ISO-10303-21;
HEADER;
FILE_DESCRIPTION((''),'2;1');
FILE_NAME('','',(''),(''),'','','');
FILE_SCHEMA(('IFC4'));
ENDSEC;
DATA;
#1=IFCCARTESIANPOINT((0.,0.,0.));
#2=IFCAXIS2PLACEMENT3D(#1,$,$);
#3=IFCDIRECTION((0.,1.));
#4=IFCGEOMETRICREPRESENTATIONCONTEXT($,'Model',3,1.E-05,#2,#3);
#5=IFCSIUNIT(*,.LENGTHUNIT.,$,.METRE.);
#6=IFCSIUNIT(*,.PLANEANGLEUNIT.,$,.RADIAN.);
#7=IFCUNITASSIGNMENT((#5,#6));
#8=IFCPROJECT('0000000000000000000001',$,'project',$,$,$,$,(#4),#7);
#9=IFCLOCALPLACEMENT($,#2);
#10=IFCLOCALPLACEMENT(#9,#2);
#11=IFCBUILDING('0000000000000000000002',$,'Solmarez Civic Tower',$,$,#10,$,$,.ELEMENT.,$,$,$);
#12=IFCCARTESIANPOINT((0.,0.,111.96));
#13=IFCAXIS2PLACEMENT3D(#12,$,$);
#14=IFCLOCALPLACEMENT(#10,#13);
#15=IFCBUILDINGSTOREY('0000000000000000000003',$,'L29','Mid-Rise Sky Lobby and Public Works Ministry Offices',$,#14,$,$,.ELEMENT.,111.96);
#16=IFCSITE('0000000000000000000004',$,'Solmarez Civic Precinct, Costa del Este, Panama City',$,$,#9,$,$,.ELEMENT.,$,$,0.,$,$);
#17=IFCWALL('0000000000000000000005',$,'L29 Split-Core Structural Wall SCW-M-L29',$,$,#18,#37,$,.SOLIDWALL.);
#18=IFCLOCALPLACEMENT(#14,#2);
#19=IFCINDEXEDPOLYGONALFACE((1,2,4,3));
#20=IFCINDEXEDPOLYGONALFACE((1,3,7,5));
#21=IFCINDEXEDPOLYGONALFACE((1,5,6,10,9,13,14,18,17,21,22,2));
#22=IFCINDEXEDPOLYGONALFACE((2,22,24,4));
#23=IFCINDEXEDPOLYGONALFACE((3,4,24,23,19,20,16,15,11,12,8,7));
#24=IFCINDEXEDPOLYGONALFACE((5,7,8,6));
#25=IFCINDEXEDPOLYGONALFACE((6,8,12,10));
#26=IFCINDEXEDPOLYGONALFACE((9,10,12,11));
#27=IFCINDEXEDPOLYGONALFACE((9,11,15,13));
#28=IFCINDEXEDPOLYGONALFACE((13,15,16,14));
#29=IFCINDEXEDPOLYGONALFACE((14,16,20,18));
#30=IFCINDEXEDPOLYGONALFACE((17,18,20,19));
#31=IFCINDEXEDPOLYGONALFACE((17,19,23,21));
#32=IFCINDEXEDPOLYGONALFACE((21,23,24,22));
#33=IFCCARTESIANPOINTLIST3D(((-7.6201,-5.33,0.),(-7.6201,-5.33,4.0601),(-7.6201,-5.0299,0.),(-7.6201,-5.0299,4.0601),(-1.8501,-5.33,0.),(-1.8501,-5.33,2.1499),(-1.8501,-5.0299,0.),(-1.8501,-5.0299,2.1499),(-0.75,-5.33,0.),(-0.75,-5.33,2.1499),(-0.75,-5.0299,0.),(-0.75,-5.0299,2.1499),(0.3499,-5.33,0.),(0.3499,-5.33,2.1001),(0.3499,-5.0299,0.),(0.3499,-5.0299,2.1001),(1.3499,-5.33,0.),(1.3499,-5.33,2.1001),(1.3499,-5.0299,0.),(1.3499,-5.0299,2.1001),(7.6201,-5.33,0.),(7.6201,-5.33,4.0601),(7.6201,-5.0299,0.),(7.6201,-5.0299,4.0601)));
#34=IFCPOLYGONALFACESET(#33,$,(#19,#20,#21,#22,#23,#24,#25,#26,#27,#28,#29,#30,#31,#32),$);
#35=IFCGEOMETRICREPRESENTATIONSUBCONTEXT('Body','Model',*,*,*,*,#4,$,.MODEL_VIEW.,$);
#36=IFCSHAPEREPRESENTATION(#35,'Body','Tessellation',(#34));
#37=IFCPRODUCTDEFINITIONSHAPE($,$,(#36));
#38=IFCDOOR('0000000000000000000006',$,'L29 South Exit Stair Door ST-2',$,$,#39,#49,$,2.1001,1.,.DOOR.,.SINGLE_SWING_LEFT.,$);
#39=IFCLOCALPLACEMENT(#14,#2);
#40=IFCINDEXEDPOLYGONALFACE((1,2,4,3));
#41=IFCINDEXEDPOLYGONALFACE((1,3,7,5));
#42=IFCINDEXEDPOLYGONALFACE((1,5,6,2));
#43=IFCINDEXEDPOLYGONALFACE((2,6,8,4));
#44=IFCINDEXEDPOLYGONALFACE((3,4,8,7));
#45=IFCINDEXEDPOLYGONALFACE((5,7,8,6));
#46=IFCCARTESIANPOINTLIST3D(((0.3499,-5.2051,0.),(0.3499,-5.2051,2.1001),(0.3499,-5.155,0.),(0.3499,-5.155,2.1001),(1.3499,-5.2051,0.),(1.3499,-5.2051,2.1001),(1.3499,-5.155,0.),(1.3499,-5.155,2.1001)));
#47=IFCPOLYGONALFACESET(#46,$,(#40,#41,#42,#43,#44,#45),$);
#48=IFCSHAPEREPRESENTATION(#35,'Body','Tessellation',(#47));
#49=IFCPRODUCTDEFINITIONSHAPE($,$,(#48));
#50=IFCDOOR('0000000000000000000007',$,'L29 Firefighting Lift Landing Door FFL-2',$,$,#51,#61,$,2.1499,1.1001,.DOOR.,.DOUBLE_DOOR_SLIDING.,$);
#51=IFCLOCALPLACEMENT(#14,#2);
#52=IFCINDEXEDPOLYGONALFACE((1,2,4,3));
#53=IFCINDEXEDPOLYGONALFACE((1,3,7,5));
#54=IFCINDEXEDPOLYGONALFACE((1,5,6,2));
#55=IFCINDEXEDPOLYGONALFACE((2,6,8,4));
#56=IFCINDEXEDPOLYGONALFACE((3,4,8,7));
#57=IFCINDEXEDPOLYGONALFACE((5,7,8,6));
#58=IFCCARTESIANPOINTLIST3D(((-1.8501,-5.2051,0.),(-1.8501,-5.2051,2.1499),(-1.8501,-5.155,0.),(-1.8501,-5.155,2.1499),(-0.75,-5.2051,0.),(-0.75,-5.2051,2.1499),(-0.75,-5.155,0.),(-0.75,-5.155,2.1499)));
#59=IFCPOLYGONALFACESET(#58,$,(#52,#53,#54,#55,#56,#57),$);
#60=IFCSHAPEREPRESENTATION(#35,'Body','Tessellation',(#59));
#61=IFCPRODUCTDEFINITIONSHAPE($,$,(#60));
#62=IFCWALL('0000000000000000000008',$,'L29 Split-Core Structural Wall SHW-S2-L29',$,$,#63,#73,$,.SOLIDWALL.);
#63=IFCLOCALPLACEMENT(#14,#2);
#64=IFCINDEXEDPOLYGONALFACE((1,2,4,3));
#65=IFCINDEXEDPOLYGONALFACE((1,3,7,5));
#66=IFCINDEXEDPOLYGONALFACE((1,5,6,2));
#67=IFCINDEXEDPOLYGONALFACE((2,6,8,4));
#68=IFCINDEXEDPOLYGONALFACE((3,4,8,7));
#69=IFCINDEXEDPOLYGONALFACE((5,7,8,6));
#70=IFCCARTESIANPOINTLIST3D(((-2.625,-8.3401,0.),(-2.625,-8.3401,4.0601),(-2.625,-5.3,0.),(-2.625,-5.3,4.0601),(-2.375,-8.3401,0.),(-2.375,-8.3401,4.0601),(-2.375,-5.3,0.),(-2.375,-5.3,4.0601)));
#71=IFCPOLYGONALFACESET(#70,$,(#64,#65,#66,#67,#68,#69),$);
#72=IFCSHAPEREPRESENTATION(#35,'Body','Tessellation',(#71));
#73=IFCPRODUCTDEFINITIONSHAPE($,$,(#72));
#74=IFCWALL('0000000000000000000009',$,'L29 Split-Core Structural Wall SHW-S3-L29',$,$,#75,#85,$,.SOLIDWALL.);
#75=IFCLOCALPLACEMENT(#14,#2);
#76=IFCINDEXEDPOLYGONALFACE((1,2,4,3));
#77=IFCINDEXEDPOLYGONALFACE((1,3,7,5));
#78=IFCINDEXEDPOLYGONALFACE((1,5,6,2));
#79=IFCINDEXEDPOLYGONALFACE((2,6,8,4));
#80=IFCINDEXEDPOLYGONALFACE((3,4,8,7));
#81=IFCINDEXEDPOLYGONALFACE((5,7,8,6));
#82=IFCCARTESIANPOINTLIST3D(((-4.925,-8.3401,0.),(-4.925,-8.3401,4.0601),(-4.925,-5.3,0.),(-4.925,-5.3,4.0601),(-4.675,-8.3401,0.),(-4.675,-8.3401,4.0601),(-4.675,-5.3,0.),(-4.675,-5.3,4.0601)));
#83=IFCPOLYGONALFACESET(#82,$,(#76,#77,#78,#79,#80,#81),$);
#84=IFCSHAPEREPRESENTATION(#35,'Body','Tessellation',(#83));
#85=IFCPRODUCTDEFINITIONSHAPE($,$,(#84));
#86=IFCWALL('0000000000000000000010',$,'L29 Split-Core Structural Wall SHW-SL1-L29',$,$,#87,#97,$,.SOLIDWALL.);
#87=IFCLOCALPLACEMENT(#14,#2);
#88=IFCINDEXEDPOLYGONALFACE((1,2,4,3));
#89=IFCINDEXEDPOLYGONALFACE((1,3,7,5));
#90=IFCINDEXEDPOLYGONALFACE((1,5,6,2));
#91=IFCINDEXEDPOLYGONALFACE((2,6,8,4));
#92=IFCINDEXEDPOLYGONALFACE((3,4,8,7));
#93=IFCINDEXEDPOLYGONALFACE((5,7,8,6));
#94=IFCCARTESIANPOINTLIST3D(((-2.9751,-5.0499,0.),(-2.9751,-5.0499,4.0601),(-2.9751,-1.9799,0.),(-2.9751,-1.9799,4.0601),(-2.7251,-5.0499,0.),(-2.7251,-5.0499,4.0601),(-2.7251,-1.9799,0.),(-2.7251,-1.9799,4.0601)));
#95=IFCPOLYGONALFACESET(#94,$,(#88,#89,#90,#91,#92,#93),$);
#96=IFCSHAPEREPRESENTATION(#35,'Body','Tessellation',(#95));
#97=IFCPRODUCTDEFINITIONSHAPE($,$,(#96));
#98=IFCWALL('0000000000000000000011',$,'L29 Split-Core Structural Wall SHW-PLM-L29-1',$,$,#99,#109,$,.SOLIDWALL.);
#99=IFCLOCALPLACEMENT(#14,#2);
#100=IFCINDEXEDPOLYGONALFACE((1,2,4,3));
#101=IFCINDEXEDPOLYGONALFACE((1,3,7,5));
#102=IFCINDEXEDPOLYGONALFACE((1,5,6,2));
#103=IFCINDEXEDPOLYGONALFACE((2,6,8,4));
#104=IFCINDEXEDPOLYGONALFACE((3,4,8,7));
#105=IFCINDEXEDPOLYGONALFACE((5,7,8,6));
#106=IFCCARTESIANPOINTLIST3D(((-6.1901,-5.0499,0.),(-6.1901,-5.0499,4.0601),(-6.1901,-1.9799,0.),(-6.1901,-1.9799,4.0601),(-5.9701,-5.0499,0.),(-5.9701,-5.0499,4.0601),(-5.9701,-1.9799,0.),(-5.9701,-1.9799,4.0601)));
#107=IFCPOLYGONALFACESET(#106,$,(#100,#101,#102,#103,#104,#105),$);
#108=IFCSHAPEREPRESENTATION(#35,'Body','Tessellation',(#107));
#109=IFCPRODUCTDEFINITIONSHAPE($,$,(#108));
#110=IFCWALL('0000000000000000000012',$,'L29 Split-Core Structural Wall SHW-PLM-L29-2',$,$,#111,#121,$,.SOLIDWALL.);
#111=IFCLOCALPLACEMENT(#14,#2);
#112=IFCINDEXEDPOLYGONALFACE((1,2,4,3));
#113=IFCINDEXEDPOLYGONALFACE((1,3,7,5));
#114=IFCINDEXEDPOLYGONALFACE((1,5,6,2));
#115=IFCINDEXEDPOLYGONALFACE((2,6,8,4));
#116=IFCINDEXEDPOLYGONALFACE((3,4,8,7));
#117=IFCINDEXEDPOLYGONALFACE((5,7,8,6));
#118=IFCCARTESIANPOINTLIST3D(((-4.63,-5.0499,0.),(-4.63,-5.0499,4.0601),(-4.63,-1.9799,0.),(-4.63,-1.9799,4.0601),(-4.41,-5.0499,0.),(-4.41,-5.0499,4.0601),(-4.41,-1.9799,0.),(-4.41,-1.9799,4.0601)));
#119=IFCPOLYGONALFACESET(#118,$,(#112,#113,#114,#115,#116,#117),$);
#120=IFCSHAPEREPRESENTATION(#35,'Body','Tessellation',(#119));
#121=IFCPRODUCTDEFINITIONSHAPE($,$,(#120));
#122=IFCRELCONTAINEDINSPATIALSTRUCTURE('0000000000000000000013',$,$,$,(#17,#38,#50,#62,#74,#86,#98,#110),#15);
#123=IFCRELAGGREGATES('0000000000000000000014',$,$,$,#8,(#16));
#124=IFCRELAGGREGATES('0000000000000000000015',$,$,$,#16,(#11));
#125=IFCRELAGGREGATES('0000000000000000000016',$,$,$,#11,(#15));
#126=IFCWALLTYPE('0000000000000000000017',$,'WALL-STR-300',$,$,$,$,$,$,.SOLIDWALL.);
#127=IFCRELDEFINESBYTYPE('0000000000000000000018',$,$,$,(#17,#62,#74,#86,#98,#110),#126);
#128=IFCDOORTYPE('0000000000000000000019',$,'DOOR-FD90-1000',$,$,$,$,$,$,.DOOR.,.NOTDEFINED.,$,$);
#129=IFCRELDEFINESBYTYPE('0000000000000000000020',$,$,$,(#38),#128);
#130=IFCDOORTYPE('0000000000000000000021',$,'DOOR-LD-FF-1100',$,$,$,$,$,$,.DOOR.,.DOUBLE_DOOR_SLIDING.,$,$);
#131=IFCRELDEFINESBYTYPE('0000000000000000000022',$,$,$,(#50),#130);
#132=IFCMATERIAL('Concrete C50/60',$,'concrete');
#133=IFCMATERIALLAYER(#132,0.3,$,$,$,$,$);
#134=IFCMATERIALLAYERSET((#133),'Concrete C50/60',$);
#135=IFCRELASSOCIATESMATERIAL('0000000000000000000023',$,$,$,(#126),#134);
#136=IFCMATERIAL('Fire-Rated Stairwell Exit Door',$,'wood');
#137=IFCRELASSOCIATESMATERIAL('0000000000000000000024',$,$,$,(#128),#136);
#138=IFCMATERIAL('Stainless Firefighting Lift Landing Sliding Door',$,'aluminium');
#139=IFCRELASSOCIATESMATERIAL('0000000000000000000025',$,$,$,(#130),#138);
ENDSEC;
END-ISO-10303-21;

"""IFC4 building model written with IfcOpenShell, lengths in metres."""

from ifc_helpers import new_model, si_unit, direction, frame, frame_2d, origin, place, context, subcontext, project, spatial, rectangle, extrude, material, layer, layer_set, type_object, element, fill, save


model = new_model("IFC4")

# Units and contexts
model_context = context("Model", 3, precision=1e-05, world=origin(), true_north=direction((0.0, 1.0)))
body_context = subcontext(model_context, "Body", "Model", "MODEL_VIEW")
ifc_project = project(units=[si_unit("LENGTHUNIT", "METRE"), si_unit("PLANEANGLEUNIT", "RADIAN")], contexts=[model_context])

# Site, building, storey
site_placement = place(None, origin())
site = spatial("IfcSite", under=ifc_project, at=site_placement, Name="Solmarez Civic Precinct, Costa del Este, Panama City", CompositionType="ELEMENT", RefElevation=0.0)
building_placement = place(site_placement, origin())
building = spatial("IfcBuilding", under=site, at=building_placement, Name="Solmarez Civic Tower", CompositionType="ELEMENT")
storey_placement = place(building_placement, frame((0.0, 0.0, 111.96)))
storey = spatial("IfcBuildingStorey", under=building, at=storey_placement, Name="L29", Description="Mid-Rise Sky Lobby and Public Works Ministry Offices", CompositionType="ELEMENT", Elevation=111.96)

# Shared definitions
ifc_material_1 = material(Name="Concrete C50/60", Category="concrete")

# Wall, openings, doors
ifc_layer_1 = layer(ifc_material_1, 0.3)
ifc_layer_set_1 = layer_set([ifc_layer_1], Name="Concrete C50/60")
wall_type_1 = type_object("IfcWallType", Name="WALL-STR-300", PredefinedType="SOLIDWALL", material=ifc_layer_set_1)
wall_1_placement = place(storey_placement, frame((-7.6201, -5.1799, 0.0), z_axis=(0.0, 0.0, 1.0), x_axis=(1.0, 0.0, 0.0)))
wall_1 = element("IfcWall", 1, at=wall_1_placement, inside=storey, type_object=wall_type_1, Name="L29 Split-Core Structural Wall SCW-M-L29", PredefinedType="SOLIDWALL", context=body_context, shape_type="SweptSolid", body=[
    extrude(rectangle(XDim=15.2402, YDim=0.3, at=frame_2d((7.6201, 0.0))), origin(), (0.0, 0.0, 1.0), 4.0601),
])
opening_1_placement = place(wall_1_placement, frame((5.77, 0.0, 0.0)))
opening_1 = element("IfcOpeningElement", 2, at=opening_1_placement, cuts=wall_1, PredefinedType="OPENING", context=body_context, shape_type="SweptSolid", body=[
    extrude(rectangle(XDim=1.1001, YDim=2.1499, at=frame_2d((0.55, 1.075))), frame((0.0, 0.1599, 0.0), z_axis=(0.0, -1.0, 0.0), x_axis=(1.0, 0.0, 0.0)), (0.0, 0.0, 1.0), 0.3201),
])
opening_2_placement = place(wall_1_placement, frame((7.97, 0.0, 0.0)))
opening_2 = element("IfcOpeningElement", 3, at=opening_2_placement, cuts=wall_1, PredefinedType="OPENING", context=body_context, shape_type="SweptSolid", body=[
    extrude(rectangle(XDim=1.0, YDim=2.1001, at=frame_2d((0.5, 1.05))), frame((0.0, 0.1599, 0.0), z_axis=(0.0, -1.0, 0.0), x_axis=(1.0, 0.0, 0.0)), (0.0, 0.0, 1.0), 0.3201),
])
ifc_material_2 = material(Name="Fire-Rated Stairwell Exit Door", Category="wood")
door_type_1 = type_object("IfcDoorType", Name="DOOR-FD90-1000", OperationType="NOTDEFINED", PredefinedType="DOOR", material=ifc_material_2)
door_1_placement = place(opening_2_placement, origin())
door_1 = element("IfcDoor", 4, at=door_1_placement, inside=storey, type_object=door_type_1, Name="L29 South Exit Stair Door ST-2", OperationType="SINGLE_SWING_LEFT", OverallHeight=2.1001, OverallWidth=1.0, PredefinedType="DOOR", context=body_context, shape_type="SweptSolid", body=[
    extrude(rectangle(XDim=1.0, YDim=2.1001, at=frame_2d((0.5, 1.05))), frame((0.0, 0.0249, 0.0), z_axis=(0.0, -1.0, 0.0), x_axis=(1.0, 0.0, 0.0)), (0.0, 0.0, 1.0), 0.05),
])
fill(opening_2, door_1)
ifc_material_3 = material(Name="Stainless Firefighting Lift Landing Sliding Door", Category="aluminium")
door_type_2 = type_object("IfcDoorType", Name="DOOR-LD-FF-1100", OperationType="DOUBLE_DOOR_SLIDING", PredefinedType="DOOR", material=ifc_material_3)
door_2_placement = place(opening_1_placement, origin())
door_2 = element("IfcDoor", 5, at=door_2_placement, inside=storey, type_object=door_type_2, Name="L29 Firefighting Lift Landing Door FFL-2", OperationType="DOUBLE_DOOR_SLIDING", OverallHeight=2.1499, OverallWidth=1.1001, PredefinedType="DOOR", context=body_context, shape_type="SweptSolid", body=[
    extrude(rectangle(XDim=1.1001, YDim=2.1499, at=frame_2d((0.55, 1.075))), frame((0.0, 0.0249, 0.0), z_axis=(0.0, -1.0, 0.0), x_axis=(1.0, 0.0, 0.0)), (0.0, 0.0, 1.0), 0.05),
])
fill(opening_1, door_2)

# Walls
for number, where, z_axis, x_axis, name in (
    (6, (-2.5, -8.3401, 0.0), (0.0, 0.0, 1.0), (0.0, 1.0, 0.0), "L29 Split-Core Structural Wall SHW-S2-L29"),
    (7, (-4.8, -8.3401, 0.0), (0.0, 0.0, 1.0), (0.0, 1.0, 0.0), "L29 Split-Core Structural Wall SHW-S3-L29"),
):
    element("IfcWall", number, at=place(storey_placement, frame(where, z_axis=z_axis, x_axis=x_axis)), inside=storey, type_object=wall_type_1, Name=name, PredefinedType="SOLIDWALL", context=body_context, shape_type="SweptSolid", body=[
        extrude(rectangle(XDim=3.04, YDim=0.25, at=frame_2d((1.52, 0.0))), origin(), (0.0, 0.0, 1.0), 4.0601),
    ])
wall_2_placement = place(storey_placement, frame((-2.8501, -5.05, 0.0), z_axis=(0.0, 0.0, 1.0), x_axis=(0.0, 1.0, 0.0)))
element("IfcWall", 8, at=wall_2_placement, inside=storey, type_object=wall_type_1, Name="L29 Split-Core Structural Wall SHW-SL1-L29", PredefinedType="SOLIDWALL", context=body_context, shape_type="SweptSolid", body=[
    extrude(rectangle(XDim=3.0701, YDim=0.25, at=frame_2d((1.5352, 0.0))), origin(), (0.0, 0.0, 1.0), 4.0601),
])
for number, where, z_axis, x_axis, name in (
    (9, (-6.0801, -5.05, 0.0), (0.0, 0.0, 1.0), (0.0, 1.0, 0.0), "L29 Split-Core Structural Wall SHW-PLM-L29-1"),
    (10, (-4.52, -5.05, 0.0), (0.0, 0.0, 1.0), (0.0, 1.0, 0.0), "L29 Split-Core Structural Wall SHW-PLM-L29-2"),
):
    element("IfcWall", number, at=place(storey_placement, frame(where, z_axis=z_axis, x_axis=x_axis)), inside=storey, type_object=wall_type_1, Name=name, PredefinedType="SOLIDWALL", context=body_context, shape_type="SweptSolid", body=[
        extrude(rectangle(XDim=3.0701, YDim=0.22, at=frame_2d((1.5352, 0.0))), origin(), (0.0, 0.0, 1.0), 4.0601),
    ])

save(model, "model.ifc")
